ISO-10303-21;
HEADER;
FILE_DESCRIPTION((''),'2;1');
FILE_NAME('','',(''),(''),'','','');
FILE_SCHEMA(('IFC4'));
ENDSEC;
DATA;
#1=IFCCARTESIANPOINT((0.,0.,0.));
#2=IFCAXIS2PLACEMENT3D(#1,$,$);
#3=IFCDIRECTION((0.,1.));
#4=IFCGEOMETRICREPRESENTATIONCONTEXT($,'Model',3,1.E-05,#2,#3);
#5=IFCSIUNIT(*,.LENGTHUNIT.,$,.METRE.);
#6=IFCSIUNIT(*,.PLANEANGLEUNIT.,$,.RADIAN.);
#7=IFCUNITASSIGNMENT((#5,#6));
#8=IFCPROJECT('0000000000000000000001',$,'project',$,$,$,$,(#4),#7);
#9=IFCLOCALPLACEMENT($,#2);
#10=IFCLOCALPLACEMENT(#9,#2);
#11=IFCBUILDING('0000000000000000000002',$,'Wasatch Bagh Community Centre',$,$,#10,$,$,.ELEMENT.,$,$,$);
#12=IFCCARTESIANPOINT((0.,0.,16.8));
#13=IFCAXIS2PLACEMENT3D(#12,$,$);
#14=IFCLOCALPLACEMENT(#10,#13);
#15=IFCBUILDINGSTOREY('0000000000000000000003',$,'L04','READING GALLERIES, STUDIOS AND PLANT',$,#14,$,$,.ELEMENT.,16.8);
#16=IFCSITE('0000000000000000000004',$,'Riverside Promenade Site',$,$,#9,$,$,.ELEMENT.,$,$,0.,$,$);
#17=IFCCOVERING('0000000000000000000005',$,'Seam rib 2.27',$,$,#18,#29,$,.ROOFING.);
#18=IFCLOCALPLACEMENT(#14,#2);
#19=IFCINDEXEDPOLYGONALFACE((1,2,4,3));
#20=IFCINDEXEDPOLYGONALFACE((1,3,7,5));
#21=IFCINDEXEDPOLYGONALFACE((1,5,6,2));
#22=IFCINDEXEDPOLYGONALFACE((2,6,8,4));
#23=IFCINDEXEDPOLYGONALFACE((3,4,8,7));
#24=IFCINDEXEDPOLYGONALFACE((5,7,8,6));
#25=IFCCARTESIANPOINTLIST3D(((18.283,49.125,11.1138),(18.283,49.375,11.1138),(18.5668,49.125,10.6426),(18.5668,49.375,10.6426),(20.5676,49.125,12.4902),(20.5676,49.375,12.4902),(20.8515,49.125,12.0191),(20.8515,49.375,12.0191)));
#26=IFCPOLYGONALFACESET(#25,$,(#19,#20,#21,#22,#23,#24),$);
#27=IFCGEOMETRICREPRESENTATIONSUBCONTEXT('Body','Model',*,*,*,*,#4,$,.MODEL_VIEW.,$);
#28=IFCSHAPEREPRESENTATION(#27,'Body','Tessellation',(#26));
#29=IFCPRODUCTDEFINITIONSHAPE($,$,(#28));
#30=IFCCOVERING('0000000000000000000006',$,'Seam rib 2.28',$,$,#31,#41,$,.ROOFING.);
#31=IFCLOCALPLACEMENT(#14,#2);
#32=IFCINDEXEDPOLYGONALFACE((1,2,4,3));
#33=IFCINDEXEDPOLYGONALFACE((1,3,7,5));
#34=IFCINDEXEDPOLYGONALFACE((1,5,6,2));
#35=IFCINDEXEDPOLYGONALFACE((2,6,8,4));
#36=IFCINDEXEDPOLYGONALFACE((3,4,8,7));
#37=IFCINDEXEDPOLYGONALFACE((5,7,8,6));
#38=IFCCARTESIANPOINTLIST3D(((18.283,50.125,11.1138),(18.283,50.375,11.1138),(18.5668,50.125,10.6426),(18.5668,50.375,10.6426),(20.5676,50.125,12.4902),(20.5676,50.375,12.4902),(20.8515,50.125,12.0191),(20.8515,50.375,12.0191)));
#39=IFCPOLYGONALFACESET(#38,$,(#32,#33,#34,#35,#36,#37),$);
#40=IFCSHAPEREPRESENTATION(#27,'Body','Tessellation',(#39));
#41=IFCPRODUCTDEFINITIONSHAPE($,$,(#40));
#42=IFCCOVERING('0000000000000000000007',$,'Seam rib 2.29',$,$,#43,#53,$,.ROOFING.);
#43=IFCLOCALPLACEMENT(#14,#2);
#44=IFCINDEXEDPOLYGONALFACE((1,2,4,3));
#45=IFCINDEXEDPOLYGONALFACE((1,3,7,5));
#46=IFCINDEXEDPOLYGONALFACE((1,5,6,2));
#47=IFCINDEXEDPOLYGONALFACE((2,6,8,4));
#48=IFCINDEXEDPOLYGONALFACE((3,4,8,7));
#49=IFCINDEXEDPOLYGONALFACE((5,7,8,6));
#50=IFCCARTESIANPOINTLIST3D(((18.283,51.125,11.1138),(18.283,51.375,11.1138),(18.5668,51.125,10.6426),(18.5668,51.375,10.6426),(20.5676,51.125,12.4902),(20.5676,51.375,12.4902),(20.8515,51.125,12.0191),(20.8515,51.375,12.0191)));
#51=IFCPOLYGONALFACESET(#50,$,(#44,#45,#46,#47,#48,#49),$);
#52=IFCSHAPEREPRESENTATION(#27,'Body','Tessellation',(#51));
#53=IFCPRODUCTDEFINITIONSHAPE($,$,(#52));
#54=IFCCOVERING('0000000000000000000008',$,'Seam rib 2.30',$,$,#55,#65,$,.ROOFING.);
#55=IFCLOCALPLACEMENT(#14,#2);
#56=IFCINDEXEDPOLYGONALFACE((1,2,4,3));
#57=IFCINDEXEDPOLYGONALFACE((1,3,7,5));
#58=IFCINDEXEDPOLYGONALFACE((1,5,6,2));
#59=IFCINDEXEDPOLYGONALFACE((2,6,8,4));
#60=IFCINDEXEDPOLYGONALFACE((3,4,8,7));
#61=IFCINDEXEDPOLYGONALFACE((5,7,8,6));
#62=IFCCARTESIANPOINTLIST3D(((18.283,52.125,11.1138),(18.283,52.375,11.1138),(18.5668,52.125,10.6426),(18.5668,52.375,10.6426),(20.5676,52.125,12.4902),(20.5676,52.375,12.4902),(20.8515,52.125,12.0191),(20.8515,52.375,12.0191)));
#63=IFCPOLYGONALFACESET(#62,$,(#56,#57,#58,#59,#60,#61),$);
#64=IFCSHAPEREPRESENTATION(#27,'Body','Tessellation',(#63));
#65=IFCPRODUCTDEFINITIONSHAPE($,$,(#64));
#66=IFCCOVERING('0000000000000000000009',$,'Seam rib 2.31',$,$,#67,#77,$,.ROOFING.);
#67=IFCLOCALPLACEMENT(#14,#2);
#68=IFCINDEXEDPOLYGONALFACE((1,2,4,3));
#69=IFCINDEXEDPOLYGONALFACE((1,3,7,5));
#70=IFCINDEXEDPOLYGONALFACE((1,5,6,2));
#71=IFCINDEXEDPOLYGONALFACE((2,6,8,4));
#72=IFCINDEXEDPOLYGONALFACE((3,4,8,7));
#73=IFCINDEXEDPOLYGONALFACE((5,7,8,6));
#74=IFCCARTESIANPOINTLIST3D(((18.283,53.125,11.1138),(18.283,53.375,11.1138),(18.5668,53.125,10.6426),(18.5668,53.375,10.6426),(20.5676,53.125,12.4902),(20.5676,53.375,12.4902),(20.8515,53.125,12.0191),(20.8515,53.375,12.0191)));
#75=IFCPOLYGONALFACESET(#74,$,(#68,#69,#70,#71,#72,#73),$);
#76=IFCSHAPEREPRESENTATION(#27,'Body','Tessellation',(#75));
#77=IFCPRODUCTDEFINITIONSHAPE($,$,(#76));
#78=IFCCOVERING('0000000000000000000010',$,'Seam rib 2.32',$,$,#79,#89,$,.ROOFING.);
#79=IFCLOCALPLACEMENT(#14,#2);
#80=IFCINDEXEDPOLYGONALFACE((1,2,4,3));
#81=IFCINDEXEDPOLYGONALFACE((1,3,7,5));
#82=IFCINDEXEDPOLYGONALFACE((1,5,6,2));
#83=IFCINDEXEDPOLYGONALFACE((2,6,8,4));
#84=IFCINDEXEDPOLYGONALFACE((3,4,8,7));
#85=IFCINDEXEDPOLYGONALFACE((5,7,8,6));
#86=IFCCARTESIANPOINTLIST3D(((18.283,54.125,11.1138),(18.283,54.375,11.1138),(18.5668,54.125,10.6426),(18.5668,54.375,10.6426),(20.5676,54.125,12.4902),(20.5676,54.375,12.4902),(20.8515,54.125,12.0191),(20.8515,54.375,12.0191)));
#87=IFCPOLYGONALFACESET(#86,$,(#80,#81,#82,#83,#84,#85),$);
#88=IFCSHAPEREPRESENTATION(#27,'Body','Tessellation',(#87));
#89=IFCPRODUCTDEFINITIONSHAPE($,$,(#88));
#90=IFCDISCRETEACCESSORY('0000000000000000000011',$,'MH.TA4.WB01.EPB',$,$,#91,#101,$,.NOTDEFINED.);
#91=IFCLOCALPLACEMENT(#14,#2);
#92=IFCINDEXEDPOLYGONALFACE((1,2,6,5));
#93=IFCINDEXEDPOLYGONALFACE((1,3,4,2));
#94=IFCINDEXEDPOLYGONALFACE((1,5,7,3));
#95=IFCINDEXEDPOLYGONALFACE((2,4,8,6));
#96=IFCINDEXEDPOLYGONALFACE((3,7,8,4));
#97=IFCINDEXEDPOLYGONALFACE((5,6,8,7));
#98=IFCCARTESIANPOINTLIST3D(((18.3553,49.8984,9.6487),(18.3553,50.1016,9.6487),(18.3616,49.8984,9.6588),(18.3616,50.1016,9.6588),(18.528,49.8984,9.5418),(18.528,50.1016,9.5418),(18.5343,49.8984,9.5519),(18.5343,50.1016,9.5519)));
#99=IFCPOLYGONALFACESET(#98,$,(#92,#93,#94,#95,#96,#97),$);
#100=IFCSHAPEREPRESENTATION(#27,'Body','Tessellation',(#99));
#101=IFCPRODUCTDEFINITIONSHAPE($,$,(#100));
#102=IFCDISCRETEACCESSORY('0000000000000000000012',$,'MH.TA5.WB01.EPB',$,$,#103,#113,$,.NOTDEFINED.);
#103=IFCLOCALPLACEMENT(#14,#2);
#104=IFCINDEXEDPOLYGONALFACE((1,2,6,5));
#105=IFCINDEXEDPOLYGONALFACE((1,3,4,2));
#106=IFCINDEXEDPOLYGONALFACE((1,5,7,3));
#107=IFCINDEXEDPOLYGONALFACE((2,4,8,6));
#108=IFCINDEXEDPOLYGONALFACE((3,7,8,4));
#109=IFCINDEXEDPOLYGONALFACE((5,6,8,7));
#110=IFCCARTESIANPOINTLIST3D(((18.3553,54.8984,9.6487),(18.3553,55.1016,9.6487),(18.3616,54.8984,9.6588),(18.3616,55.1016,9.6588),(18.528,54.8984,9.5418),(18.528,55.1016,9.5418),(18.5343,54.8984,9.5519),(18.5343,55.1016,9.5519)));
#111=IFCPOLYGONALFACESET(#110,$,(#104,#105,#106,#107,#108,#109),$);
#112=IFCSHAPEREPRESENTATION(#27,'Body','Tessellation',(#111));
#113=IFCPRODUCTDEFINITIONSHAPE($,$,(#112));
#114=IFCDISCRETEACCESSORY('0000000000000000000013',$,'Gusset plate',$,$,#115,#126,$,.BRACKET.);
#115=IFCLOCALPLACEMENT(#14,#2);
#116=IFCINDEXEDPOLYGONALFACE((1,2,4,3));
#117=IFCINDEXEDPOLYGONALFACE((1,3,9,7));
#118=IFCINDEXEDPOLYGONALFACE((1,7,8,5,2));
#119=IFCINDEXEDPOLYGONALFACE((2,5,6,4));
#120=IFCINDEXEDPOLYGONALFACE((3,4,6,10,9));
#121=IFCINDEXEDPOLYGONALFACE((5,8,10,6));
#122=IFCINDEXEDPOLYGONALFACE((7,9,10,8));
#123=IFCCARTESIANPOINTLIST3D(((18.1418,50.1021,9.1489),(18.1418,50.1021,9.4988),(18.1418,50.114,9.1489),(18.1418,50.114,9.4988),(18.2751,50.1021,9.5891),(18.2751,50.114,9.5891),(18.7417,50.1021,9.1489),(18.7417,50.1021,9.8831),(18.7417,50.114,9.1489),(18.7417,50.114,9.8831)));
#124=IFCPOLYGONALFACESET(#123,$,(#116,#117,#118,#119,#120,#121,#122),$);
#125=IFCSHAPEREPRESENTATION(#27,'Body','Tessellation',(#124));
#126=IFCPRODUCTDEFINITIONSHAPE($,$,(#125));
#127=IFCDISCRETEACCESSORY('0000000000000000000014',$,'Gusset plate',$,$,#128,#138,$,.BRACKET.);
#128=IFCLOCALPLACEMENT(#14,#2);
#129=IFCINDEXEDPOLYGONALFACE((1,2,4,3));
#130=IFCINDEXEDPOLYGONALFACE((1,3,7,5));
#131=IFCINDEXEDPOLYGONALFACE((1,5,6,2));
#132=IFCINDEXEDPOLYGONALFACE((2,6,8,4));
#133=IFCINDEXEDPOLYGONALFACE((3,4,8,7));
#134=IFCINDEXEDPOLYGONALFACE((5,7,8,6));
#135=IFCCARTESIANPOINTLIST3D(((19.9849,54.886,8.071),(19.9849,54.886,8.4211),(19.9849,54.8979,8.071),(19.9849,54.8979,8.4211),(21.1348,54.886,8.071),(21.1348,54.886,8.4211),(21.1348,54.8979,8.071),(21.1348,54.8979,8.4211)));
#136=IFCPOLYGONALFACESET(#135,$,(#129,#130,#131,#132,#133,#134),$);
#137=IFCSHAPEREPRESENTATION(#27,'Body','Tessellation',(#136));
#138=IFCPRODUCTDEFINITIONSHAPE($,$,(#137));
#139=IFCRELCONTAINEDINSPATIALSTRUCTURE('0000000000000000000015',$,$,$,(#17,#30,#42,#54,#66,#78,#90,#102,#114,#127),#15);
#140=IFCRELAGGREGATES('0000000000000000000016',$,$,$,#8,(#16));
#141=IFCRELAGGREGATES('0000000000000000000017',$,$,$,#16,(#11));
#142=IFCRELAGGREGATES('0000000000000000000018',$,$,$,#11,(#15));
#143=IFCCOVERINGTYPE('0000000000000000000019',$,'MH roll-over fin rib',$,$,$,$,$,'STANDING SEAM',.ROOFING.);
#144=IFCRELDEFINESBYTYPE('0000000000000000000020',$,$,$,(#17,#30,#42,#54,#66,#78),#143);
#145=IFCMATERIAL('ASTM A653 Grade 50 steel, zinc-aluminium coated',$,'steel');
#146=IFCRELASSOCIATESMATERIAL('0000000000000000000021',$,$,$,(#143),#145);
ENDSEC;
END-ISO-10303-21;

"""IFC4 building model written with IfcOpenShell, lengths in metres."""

from ifc_helpers import new_model, si_unit, direction, frame, origin, origin_2d, place, context, subcontext, project, spatial, polyline, rectangle, outline, extrude, material, type_object, element, save


model = new_model("IFC4")

# Units and contexts
model_context = context("Model", 3, precision=1e-05, world=origin(), true_north=direction((0.0, 1.0)))
body_context = subcontext(model_context, "Body", "Model", "MODEL_VIEW")
ifc_project = project(units=[si_unit("LENGTHUNIT", "METRE"), si_unit("PLANEANGLEUNIT", "RADIAN")], contexts=[model_context])

# Site, building, storey
site_placement = place(None, origin())
site = spatial("IfcSite", under=ifc_project, at=site_placement, Name="Riverside Promenade Site", CompositionType="ELEMENT", RefElevation=0.0)
building_placement = place(site_placement, origin())
building = spatial("IfcBuilding", under=site, at=building_placement, Name="Wasatch Bagh Community Centre", CompositionType="ELEMENT")
storey_placement = place(building_placement, frame((0.0, 0.0, 16.8)))
storey = spatial("IfcBuildingStorey", under=building, at=storey_placement, Name="L04", Description="READING GALLERIES, STUDIOS AND PLANT", CompositionType="ELEMENT", Elevation=16.8)

# Coverings
ifc_material_1 = material(Name="ASTM A653 Grade 50 steel, zinc-aluminium coated", Category="steel")
covering_type = type_object("IfcCoveringType", Name="MH roll-over fin rib", ElementType="STANDING SEAM", PredefinedType="ROOFING", material=ifc_material_1)
for number, where, z_axis, x_axis, name in (
    (1, (18.283, 49.125, 11.1138), (-0.516056, 0.0, 0.856555), (0.856555, 0.0, 0.516056), "Seam rib 2.27"),
    (2, (18.283, 50.125, 11.1138), (-0.516056, 0.0, 0.856555), (0.856555, 0.0, 0.516056), "Seam rib 2.28"),
    (3, (18.283, 51.125, 11.1138), (-0.516056, 0.0, 0.856555), (0.856555, 0.0, 0.516056), "Seam rib 2.29"),
    (4, (18.283, 52.125, 11.1138), (-0.516056, 0.0, 0.856555), (0.856555, 0.0, 0.516056), "Seam rib 2.30"),
    (5, (18.283, 53.125, 11.1138), (-0.516056, 0.0, 0.856555), (0.856555, 0.0, 0.516056), "Seam rib 2.31"),
    (6, (18.283, 54.125, 11.1138), (-0.516056, 0.0, 0.856555), (0.856555, 0.0, 0.516056), "Seam rib 2.32"),
):
    element("IfcCovering", number, at=place(storey_placement, frame(where, z_axis=z_axis, x_axis=x_axis)), inside=storey, type_object=covering_type, Name=name, PredefinedType="ROOFING", context=body_context, shape_type="SweptSolid", body=[
        extrude(outline(polyline([(0.0, 0.0), (2.6673, 0.0), (2.6673, 0.25), (0.0, 0.25), (0.0, 0.0)])), origin(), (0.0, 0.0, -1.0), 0.55),
    ])

# Discrete accessories
for number, where, z_axis, x_axis, name in (
    (7, (18.4417, 50.0, 9.5952), (0.526355, 0.0, 0.850265), (0.0, 1.0, 0.0), "MH.TA4.WB01.EPB"),
    (8, (18.4417, 55.0, 9.5952), (0.526355, 0.0, 0.850265), (0.0, 1.0, 0.0), "MH.TA5.WB01.EPB"),
):
    element("IfcDiscreteAccessory", number, at=place(storey_placement, frame(where, z_axis=z_axis, x_axis=x_axis)), inside=storey, Name=name, PredefinedType="NOTDEFINED", context=body_context, shape_type="SweptSolid", body=[
        extrude(rectangle(XDim=0.2031, YDim=0.2031, at=origin_2d()), origin(), (0.0, 0.0, 1.0), 0.012),
    ])
discrete_accessory_1_placement = place(storey_placement, frame((18.1418, 50.114, 9.4988), z_axis=(0.0, 1.0, 0.0), x_axis=(0.827828, 0.0, 0.560982)))
element("IfcDiscreteAccessory", 9, at=discrete_accessory_1_placement, inside=storey, Name="Gusset plate", PredefinedType="BRACKET", context=body_context, shape_type="SweptSolid", body=[
    extrude(outline(polyline([(0.0, 0.0), (0.161, 0.0), (0.7121, 0.0184), (0.3003, 0.6261), (-0.1963, 0.2896), (0.0, 0.0)])), origin(), (0.0, 0.0, -1.0), 0.012),
])
discrete_accessory_2_placement = place(storey_placement, frame((19.9849, 54.886, 8.071), z_axis=(0.0, -1.0, 0.0), x_axis=(1.0, 0.0, 0.0)))
element("IfcDiscreteAccessory", 10, at=discrete_accessory_2_placement, inside=storey, Name="Gusset plate", PredefinedType="BRACKET", context=body_context, shape_type="SweptSolid", body=[
    extrude(outline(polyline([(0.0, 0.0), (1.1499, 0.0), (1.1499, 0.3501), (0.0, 0.3501), (0.0, 0.0)])), origin(), (0.0, 0.0, -1.0), 0.012),
])

save(model, "model.ifc")
